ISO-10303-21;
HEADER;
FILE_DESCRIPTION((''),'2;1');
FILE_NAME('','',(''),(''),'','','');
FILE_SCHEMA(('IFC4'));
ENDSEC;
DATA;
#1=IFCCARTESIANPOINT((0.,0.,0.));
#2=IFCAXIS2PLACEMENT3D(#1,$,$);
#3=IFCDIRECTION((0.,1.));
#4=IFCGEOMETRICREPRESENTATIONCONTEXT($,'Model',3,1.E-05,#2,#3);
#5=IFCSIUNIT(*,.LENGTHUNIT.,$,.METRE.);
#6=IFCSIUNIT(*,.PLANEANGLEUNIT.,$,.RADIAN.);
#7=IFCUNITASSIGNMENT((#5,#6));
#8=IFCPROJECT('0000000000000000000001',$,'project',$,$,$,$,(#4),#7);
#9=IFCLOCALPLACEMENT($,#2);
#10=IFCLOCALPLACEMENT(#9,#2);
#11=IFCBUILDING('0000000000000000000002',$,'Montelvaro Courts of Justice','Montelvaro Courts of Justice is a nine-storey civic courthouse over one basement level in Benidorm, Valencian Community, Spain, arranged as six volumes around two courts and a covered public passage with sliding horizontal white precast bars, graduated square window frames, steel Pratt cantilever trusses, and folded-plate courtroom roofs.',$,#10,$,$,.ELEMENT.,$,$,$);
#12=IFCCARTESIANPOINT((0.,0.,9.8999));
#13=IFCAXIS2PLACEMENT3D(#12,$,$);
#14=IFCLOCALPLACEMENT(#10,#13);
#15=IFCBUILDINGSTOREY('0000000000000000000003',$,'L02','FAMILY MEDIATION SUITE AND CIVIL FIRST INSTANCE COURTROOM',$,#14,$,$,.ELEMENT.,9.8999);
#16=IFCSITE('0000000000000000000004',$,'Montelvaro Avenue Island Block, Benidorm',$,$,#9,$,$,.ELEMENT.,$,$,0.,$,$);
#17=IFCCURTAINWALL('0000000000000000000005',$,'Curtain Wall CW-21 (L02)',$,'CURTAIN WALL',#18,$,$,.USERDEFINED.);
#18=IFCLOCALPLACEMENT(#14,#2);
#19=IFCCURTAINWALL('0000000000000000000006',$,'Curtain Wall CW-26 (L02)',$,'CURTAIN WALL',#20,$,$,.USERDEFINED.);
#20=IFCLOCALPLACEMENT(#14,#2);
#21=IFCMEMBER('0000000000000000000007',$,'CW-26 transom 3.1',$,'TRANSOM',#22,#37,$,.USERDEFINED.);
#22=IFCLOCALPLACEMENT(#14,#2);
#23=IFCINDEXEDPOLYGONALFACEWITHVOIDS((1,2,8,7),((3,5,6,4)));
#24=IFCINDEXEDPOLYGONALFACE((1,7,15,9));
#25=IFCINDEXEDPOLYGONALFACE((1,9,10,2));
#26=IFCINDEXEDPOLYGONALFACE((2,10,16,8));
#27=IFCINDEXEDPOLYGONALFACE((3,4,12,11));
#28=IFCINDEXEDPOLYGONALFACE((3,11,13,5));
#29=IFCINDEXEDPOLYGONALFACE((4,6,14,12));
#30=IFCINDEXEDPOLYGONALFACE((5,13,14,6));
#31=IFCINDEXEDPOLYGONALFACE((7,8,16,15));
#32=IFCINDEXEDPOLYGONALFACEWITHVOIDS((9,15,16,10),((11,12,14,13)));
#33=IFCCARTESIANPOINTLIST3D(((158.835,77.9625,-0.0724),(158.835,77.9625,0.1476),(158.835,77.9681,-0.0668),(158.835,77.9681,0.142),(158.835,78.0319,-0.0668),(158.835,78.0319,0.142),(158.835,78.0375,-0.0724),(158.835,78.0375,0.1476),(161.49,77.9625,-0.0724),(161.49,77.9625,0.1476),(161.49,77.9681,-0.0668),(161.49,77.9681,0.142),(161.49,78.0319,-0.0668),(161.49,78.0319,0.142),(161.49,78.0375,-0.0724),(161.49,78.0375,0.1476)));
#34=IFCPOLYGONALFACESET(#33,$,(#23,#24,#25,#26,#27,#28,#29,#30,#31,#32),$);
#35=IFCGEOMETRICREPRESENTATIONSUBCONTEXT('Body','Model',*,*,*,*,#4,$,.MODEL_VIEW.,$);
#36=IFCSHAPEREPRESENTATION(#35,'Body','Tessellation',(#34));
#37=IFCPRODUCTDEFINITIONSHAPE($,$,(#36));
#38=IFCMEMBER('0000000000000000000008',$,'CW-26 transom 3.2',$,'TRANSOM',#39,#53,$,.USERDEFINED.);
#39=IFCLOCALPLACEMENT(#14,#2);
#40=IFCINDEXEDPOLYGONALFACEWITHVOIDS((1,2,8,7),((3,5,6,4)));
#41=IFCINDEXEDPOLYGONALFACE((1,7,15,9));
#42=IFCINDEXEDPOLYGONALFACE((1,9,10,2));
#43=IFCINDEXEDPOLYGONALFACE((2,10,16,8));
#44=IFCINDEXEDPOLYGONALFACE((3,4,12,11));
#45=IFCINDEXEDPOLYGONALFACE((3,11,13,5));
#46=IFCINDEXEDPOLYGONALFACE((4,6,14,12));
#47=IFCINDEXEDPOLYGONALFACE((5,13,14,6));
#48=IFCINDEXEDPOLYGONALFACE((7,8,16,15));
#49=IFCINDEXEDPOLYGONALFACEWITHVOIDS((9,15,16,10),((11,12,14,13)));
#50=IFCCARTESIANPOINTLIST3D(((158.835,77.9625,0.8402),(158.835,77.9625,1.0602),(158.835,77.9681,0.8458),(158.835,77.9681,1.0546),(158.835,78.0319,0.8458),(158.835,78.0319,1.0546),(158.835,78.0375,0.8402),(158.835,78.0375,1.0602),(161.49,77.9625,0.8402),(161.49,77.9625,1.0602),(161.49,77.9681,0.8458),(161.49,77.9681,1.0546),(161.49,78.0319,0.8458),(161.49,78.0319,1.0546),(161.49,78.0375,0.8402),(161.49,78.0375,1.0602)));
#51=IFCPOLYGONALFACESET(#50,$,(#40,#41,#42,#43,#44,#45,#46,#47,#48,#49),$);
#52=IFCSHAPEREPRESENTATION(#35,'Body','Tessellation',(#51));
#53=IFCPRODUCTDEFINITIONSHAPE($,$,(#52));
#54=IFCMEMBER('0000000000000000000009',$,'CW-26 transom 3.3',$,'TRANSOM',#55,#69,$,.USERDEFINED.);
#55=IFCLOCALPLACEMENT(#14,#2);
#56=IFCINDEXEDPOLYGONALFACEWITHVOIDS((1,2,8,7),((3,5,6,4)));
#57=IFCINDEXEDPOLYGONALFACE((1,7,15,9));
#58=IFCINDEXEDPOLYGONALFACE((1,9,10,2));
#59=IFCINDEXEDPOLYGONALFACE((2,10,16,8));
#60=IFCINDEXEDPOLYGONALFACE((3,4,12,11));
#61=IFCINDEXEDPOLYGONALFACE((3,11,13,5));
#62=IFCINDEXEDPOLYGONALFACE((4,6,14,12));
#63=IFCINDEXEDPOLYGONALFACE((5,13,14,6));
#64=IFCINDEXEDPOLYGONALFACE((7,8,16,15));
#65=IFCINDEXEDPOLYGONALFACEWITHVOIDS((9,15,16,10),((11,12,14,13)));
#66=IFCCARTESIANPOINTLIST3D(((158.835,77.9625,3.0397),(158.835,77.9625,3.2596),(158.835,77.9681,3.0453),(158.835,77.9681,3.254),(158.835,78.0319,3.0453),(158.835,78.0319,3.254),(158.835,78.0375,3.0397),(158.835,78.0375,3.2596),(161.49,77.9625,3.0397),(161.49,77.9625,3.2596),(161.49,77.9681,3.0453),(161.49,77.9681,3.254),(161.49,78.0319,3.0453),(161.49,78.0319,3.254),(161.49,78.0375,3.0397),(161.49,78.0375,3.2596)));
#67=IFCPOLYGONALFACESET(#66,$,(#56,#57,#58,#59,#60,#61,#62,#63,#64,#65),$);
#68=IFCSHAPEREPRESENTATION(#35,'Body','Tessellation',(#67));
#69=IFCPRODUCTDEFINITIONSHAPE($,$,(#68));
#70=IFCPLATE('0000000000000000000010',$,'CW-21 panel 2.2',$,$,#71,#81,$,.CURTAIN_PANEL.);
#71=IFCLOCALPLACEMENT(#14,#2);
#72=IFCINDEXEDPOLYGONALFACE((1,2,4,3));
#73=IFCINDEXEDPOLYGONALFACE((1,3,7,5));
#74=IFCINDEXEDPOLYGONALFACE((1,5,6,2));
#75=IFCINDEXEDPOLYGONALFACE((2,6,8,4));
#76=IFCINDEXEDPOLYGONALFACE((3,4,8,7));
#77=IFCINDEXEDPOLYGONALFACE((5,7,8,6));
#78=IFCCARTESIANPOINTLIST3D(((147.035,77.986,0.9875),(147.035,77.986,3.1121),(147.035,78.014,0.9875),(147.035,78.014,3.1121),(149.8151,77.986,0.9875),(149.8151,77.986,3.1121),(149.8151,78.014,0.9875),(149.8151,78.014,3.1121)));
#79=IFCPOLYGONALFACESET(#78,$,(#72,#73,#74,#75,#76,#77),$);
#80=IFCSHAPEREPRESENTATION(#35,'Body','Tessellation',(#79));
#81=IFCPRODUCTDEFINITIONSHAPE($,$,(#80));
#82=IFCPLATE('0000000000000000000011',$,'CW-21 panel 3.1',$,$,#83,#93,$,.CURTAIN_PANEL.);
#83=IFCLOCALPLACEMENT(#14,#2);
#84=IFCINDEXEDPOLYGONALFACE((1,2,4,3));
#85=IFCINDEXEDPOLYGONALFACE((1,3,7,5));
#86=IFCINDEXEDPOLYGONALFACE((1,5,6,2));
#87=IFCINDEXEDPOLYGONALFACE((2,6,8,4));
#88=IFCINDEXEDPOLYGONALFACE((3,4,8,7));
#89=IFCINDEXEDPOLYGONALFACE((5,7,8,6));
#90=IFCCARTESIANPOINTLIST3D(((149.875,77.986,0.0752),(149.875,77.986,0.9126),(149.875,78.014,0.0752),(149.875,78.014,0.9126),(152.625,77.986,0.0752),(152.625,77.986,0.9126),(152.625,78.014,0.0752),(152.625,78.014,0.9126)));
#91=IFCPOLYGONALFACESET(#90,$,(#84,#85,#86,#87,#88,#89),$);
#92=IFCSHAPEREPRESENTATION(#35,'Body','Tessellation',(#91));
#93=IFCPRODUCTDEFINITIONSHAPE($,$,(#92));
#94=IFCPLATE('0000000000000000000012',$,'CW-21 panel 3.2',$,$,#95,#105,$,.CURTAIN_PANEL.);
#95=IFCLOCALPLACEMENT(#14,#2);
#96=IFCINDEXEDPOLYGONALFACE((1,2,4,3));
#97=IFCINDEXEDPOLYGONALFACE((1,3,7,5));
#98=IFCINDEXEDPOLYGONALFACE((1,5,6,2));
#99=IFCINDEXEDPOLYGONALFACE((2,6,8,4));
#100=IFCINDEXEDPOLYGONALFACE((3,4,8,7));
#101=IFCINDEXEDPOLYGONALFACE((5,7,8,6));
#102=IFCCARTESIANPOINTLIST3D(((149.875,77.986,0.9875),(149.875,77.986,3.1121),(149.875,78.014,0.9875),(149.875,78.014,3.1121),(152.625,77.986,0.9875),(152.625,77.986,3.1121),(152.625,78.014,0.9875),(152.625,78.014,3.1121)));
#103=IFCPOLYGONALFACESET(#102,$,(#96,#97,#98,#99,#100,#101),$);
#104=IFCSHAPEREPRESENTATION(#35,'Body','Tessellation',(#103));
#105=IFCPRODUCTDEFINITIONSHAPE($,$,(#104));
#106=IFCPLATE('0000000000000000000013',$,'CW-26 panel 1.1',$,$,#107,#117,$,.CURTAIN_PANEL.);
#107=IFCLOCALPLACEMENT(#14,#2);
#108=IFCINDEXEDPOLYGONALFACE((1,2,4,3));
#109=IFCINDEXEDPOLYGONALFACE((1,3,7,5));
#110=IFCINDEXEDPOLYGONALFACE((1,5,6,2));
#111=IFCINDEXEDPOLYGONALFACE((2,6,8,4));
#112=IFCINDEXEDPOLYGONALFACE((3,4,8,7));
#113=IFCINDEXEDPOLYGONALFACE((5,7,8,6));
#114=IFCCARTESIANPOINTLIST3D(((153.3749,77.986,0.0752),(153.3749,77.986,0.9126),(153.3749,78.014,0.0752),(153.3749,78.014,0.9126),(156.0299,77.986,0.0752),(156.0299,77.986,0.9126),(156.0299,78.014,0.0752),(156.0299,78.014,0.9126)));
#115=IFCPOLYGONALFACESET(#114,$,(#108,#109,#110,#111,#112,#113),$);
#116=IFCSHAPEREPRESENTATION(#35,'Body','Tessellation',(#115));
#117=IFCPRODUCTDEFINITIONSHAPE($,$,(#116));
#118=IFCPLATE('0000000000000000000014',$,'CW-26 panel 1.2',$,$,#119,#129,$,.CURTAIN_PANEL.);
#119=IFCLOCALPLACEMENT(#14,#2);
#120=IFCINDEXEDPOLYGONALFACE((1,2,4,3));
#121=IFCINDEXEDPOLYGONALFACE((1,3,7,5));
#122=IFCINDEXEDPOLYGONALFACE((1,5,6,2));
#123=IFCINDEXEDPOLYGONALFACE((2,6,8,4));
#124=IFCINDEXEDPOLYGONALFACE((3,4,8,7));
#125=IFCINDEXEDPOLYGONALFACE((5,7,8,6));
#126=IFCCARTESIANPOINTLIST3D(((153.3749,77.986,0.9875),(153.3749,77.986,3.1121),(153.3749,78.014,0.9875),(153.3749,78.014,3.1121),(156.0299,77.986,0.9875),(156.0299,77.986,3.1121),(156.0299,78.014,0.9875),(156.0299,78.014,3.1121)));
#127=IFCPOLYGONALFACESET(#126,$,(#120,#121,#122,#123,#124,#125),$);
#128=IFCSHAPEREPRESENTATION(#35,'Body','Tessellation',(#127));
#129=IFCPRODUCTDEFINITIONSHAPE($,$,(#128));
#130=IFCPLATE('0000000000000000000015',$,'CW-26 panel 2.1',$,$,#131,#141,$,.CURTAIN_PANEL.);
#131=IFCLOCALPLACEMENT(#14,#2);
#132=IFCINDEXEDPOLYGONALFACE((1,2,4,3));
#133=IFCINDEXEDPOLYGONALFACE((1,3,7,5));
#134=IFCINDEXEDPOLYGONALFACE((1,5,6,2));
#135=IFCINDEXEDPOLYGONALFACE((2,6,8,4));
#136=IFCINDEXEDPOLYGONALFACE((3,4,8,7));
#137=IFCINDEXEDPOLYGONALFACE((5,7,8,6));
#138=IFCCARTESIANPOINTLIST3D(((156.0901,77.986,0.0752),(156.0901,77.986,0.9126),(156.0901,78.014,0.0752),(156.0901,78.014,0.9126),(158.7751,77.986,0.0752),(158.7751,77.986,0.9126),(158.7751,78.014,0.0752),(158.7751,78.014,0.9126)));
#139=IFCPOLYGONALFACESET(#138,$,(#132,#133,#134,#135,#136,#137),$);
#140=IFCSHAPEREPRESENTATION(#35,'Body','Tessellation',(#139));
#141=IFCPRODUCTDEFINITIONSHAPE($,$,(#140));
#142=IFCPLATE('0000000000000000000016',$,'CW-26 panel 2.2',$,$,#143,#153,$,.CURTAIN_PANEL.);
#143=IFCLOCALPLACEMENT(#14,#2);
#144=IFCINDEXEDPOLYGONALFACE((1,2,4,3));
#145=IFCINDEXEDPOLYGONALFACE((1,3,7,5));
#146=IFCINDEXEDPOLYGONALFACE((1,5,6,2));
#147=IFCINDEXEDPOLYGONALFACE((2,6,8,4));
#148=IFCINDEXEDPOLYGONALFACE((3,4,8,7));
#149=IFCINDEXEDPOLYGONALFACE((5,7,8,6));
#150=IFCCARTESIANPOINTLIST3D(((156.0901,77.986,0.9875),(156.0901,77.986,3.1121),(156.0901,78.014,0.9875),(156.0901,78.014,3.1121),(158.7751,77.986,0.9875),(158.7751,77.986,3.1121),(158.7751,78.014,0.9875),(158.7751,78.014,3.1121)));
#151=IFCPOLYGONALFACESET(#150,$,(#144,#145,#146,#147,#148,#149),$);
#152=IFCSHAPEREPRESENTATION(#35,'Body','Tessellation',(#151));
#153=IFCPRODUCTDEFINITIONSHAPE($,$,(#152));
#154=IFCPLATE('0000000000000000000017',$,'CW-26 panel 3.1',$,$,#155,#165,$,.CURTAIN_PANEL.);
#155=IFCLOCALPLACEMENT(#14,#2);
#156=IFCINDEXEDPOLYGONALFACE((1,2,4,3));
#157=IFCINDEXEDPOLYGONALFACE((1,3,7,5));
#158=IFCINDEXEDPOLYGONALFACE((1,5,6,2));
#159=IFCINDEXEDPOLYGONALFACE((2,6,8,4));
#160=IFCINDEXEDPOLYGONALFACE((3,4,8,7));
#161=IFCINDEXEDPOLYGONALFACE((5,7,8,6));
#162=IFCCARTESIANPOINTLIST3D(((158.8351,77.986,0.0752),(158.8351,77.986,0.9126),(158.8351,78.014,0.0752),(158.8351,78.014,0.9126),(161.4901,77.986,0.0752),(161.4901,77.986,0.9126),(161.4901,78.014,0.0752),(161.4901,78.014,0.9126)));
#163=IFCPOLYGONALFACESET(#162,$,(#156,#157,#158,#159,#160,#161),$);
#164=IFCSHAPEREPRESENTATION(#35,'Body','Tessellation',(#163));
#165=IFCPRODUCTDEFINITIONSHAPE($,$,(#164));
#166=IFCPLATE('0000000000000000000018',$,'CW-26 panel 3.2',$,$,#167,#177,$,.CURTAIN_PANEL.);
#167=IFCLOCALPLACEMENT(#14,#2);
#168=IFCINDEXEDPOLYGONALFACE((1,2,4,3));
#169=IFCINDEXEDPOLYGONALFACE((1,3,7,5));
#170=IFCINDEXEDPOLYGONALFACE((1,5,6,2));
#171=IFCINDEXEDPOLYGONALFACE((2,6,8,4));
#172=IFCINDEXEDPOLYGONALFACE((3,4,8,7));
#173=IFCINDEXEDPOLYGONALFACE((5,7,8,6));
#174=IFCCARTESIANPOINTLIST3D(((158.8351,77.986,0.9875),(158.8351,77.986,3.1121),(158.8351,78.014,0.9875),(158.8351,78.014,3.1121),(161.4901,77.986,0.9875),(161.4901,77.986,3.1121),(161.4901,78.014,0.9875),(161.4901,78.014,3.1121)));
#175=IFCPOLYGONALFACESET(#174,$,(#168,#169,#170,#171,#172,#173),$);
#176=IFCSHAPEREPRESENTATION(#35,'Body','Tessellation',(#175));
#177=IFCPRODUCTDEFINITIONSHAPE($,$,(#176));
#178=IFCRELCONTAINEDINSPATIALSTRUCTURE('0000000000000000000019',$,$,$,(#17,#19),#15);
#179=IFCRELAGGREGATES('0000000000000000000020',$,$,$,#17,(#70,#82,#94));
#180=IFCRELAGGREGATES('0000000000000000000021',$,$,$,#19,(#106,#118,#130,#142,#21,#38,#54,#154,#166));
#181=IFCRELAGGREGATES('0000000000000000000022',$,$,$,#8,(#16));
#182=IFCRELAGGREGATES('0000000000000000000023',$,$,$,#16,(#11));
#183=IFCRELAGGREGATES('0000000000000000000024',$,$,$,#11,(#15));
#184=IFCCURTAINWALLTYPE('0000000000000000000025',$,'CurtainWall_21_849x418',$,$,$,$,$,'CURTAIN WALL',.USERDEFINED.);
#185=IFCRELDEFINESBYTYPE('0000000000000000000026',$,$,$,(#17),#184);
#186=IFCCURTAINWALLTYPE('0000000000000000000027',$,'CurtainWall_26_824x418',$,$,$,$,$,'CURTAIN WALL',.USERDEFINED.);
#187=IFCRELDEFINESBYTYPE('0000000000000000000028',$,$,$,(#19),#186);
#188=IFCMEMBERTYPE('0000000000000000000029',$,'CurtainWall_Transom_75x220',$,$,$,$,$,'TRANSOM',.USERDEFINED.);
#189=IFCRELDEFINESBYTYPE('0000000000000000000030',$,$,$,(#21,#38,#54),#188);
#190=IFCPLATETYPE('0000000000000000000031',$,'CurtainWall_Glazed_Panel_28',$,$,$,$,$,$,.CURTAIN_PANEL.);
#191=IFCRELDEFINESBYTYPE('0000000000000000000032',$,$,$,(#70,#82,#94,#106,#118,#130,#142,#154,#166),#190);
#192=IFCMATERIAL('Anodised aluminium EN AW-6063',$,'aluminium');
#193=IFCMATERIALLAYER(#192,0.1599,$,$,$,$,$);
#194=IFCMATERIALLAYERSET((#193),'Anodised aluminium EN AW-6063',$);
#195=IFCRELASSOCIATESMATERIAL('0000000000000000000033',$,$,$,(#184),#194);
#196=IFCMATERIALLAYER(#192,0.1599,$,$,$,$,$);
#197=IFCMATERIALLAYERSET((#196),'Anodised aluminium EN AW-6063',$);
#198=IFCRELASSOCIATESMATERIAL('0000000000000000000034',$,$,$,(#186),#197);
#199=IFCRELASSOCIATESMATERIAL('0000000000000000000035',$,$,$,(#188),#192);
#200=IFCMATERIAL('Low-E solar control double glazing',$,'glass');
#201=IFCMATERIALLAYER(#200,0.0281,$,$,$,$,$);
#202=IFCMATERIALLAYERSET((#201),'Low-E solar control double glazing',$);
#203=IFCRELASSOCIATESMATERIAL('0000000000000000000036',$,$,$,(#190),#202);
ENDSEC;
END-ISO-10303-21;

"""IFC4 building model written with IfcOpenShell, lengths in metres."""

from ifc_helpers import new_model, si_unit, direction, frame, origin, origin_2d, place, context, subcontext, project, spatial, rectangle, hollow_rectangle, extrude, material, layer, layer_set, material_profile, profile_set, type_object, element, aggregate, save


model = new_model("IFC4")

# Units and contexts
model_context = context("Model", 3, precision=1e-05, world=origin(), true_north=direction((0.0, 1.0)))
body_context = subcontext(model_context, "Body", "Model", "MODEL_VIEW")
ifc_project = project(units=[si_unit("LENGTHUNIT", "METRE"), si_unit("PLANEANGLEUNIT", "RADIAN")], contexts=[model_context])

# Site, building, storey
site_placement = place(None, origin())
site = spatial("IfcSite", under=ifc_project, at=site_placement, Name="Montelvaro Avenue Island Block, Benidorm", CompositionType="ELEMENT", RefElevation=0.0)
building_placement = place(site_placement, origin())
building = spatial("IfcBuilding", under=site, at=building_placement, Name="Montelvaro Courts of Justice", Description="Montelvaro Courts of Justice is a nine-storey civic courthouse over one basement level in Benidorm, Valencian Community, Spain, arranged as six volumes around two courts and a covered public passage with sliding horizontal white precast bars, graduated square window frames, steel Pratt cantilever trusses, and folded-plate courtroom roofs.", CompositionType="ELEMENT")
storey_placement = place(building_placement, frame((0.0, 0.0, 9.8999)))
storey = spatial("IfcBuildingStorey", under=building, at=storey_placement, Name="L02", Description="FAMILY MEDIATION SUITE AND CIVIL FIRST INSTANCE COURTROOM", CompositionType="ELEMENT", Elevation=9.8999)

# Curtain walls
ifc_material_1 = material(Name="Anodised aluminium EN AW-6063", Category="aluminium")
ifc_layer_1 = layer(ifc_material_1, 0.1599)
ifc_layer_set_1 = layer_set([ifc_layer_1], Name="Anodised aluminium EN AW-6063")
curtain_wall_type_1 = type_object("IfcCurtainWallType", Name="CurtainWall_21_849x418", ElementType="CURTAIN WALL", PredefinedType="USERDEFINED", material=ifc_layer_set_1)
curtain_wall_1_placement = place(storey_placement, origin())
curtain_wall_1 = element("IfcCurtainWall", 1, at=curtain_wall_1_placement, inside=storey, type_object=curtain_wall_type_1, Name="Curtain Wall CW-21 (L02)", ObjectType="CURTAIN WALL", PredefinedType="USERDEFINED")
ifc_layer_2 = layer(ifc_material_1, 0.1599)
ifc_layer_set_2 = layer_set([ifc_layer_2], Name="Anodised aluminium EN AW-6063")
curtain_wall_type_2 = type_object("IfcCurtainWallType", Name="CurtainWall_26_824x418", ElementType="CURTAIN WALL", PredefinedType="USERDEFINED", material=ifc_layer_set_2)
curtain_wall_2_placement = place(storey_placement, origin())
curtain_wall_2 = element("IfcCurtainWall", 2, at=curtain_wall_2_placement, inside=storey, type_object=curtain_wall_type_2, Name="Curtain Wall CW-26 (L02)", ObjectType="CURTAIN WALL", PredefinedType="USERDEFINED")

# Members
ifc_material_profile_1 = material_profile(ifc_material_1, hollow_rectangle(XDim=0.075, YDim=0.22, WallThickness=0.0056, at=origin_2d()), Name="ALU-T 75x220")
ifc_profile_set_1 = profile_set([ifc_material_profile_1], Name="Anodised aluminium EN AW-6063")
member_type_1 = type_object("IfcMemberType", Name="CurtainWall_Transom_75x220", ElementType="TRANSOM", PredefinedType="USERDEFINED", material=ifc_profile_set_1)
member_1_placement = place(storey_placement, frame((158.835, 78.0, 0.0376), z_axis=(1.0, 0.0, 0.0), x_axis=(0.0, 1.0, 0.0)))
member_1 = element("IfcMember", 3, at=member_1_placement, type_object=member_type_1, Name="CW-26 transom 3.1", ObjectType="TRANSOM", PredefinedType="USERDEFINED", context=body_context, shape_type="SweptSolid", body=[
    extrude(hollow_rectangle(XDim=0.075, YDim=0.22, WallThickness=0.0056, at=origin_2d()), origin(), (0.0, 0.0, 1.0), 2.655),
])
member_2_placement = place(storey_placement, frame((158.835, 78.0, 0.9502), z_axis=(1.0, 0.0, 0.0), x_axis=(0.0, 1.0, 0.0)))
member_2 = element("IfcMember", 4, at=member_2_placement, type_object=member_type_1, Name="CW-26 transom 3.2", ObjectType="TRANSOM", PredefinedType="USERDEFINED", context=body_context, shape_type="SweptSolid", body=[
    extrude(hollow_rectangle(XDim=0.075, YDim=0.22, WallThickness=0.0056, at=origin_2d()), origin(), (0.0, 0.0, 1.0), 2.655),
])
member_3_placement = place(storey_placement, frame((158.835, 78.0, 3.1497), z_axis=(1.0, 0.0, 0.0), x_axis=(0.0, 1.0, 0.0)))
member_3 = element("IfcMember", 5, at=member_3_placement, type_object=member_type_1, Name="CW-26 transom 3.3", ObjectType="TRANSOM", PredefinedType="USERDEFINED", context=body_context, shape_type="SweptSolid", body=[
    extrude(hollow_rectangle(XDim=0.075, YDim=0.22, WallThickness=0.0056, at=origin_2d()), origin(), (0.0, 0.0, 1.0), 2.655),
])

# Plates
ifc_material_2 = material(Name="Low-E solar control double glazing", Category="glass")
ifc_layer_3 = layer(ifc_material_2, 0.0281)
ifc_layer_set_3 = layer_set([ifc_layer_3], Name="Low-E solar control double glazing")
plate_type = type_object("IfcPlateType", Name="CurtainWall_Glazed_Panel_28", PredefinedType="CURTAIN_PANEL", material=ifc_layer_set_3)
plate_1_placement = place(storey_placement, frame((148.425, 78.0, 0.9875), z_axis=(0.0, 0.0, 1.0), x_axis=(1.0, 0.0, 0.0)))
plate_1 = element("IfcPlate", 6, at=plate_1_placement, type_object=plate_type, Name="CW-21 panel 2.2", PredefinedType="CURTAIN_PANEL", context=body_context, shape_type="SweptSolid", body=[
    extrude(rectangle(XDim=2.78, YDim=0.0281, at=origin_2d()), origin(), (0.0, 0.0, 1.0), 2.1245),
])
plate_2_placement = place(storey_placement, frame((151.25, 78.0, 0.0752), z_axis=(0.0, 0.0, 1.0), x_axis=(1.0, 0.0, 0.0)))
plate_2 = element("IfcPlate", 7, at=plate_2_placement, type_object=plate_type, Name="CW-21 panel 3.1", PredefinedType="CURTAIN_PANEL", context=body_context, shape_type="SweptSolid", body=[
    extrude(rectangle(XDim=2.75, YDim=0.0281, at=origin_2d()), origin(), (0.0, 0.0, 1.0), 0.8374),
])
plate_3_placement = place(storey_placement, frame((151.25, 78.0, 0.9875), z_axis=(0.0, 0.0, 1.0), x_axis=(1.0, 0.0, 0.0)))
plate_3 = element("IfcPlate", 8, at=plate_3_placement, type_object=plate_type, Name="CW-21 panel 3.2", PredefinedType="CURTAIN_PANEL", context=body_context, shape_type="SweptSolid", body=[
    extrude(rectangle(XDim=2.75, YDim=0.0281, at=origin_2d()), origin(), (0.0, 0.0, 1.0), 2.1245),
])
aggregate(curtain_wall_1, [plate_1, plate_2, plate_3])
plate_4_placement = place(storey_placement, frame((154.7024, 78.0, 0.0752), z_axis=(0.0, 0.0, 1.0), x_axis=(1.0, 0.0, 0.0)))
plate_4 = element("IfcPlate", 9, at=plate_4_placement, type_object=plate_type, Name="CW-26 panel 1.1", PredefinedType="CURTAIN_PANEL", context=body_context, shape_type="SweptSolid", body=[
    extrude(rectangle(XDim=2.655, YDim=0.0281, at=origin_2d()), origin(), (0.0, 0.0, 1.0), 0.8374),
])
plate_5_placement = place(storey_placement, frame((154.7024, 78.0, 0.9875), z_axis=(0.0, 0.0, 1.0), x_axis=(1.0, 0.0, 0.0)))
plate_5 = element("IfcPlate", 10, at=plate_5_placement, type_object=plate_type, Name="CW-26 panel 1.2", PredefinedType="CURTAIN_PANEL", context=body_context, shape_type="SweptSolid", body=[
    extrude(rectangle(XDim=2.655, YDim=0.0281, at=origin_2d()), origin(), (0.0, 0.0, 1.0), 2.1245),
])
plate_6_placement = place(storey_placement, frame((157.4326, 78.0, 0.0752), z_axis=(0.0, 0.0, 1.0), x_axis=(1.0, 0.0, 0.0)))
plate_6 = element("IfcPlate", 11, at=plate_6_placement, type_object=plate_type, Name="CW-26 panel 2.1", PredefinedType="CURTAIN_PANEL", context=body_context, shape_type="SweptSolid", body=[
    extrude(rectangle(XDim=2.6851, YDim=0.0281, at=origin_2d()), origin(), (0.0, 0.0, 1.0), 0.8374),
])
plate_7_placement = place(storey_placement, frame((157.4326, 78.0, 0.9875), z_axis=(0.0, 0.0, 1.0), x_axis=(1.0, 0.0, 0.0)))
plate_7 = element("IfcPlate", 12, at=plate_7_placement, type_object=plate_type, Name="CW-26 panel 2.2", PredefinedType="CURTAIN_PANEL", context=body_context, shape_type="SweptSolid", body=[
    extrude(rectangle(XDim=2.6851, YDim=0.0281, at=origin_2d()), origin(), (0.0, 0.0, 1.0), 2.1245),
])
plate_8_placement = place(storey_placement, frame((160.1626, 78.0, 0.0752), z_axis=(0.0, 0.0, 1.0), x_axis=(1.0, 0.0, 0.0)))
plate_8 = element("IfcPlate", 13, at=plate_8_placement, type_object=plate_type, Name="CW-26 panel 3.1", PredefinedType="CURTAIN_PANEL", context=body_context, shape_type="SweptSolid", body=[
    extrude(rectangle(XDim=2.655, YDim=0.0281, at=origin_2d()), origin(), (0.0, 0.0, 1.0), 0.8374),
])
plate_9_placement = place(storey_placement, frame((160.1626, 78.0, 0.9875), z_axis=(0.0, 0.0, 1.0), x_axis=(1.0, 0.0, 0.0)))
plate_9 = element("IfcPlate", 14, at=plate_9_placement, type_object=plate_type, Name="CW-26 panel 3.2", PredefinedType="CURTAIN_PANEL", context=body_context, shape_type="SweptSolid", body=[
    extrude(rectangle(XDim=2.655, YDim=0.0281, at=origin_2d()), origin(), (0.0, 0.0, 1.0), 2.1245),
])
aggregate(curtain_wall_2, [plate_4, plate_5, plate_6, plate_7, member_1, member_2, member_3, plate_8, plate_9])

save(model, "model.ifc")
